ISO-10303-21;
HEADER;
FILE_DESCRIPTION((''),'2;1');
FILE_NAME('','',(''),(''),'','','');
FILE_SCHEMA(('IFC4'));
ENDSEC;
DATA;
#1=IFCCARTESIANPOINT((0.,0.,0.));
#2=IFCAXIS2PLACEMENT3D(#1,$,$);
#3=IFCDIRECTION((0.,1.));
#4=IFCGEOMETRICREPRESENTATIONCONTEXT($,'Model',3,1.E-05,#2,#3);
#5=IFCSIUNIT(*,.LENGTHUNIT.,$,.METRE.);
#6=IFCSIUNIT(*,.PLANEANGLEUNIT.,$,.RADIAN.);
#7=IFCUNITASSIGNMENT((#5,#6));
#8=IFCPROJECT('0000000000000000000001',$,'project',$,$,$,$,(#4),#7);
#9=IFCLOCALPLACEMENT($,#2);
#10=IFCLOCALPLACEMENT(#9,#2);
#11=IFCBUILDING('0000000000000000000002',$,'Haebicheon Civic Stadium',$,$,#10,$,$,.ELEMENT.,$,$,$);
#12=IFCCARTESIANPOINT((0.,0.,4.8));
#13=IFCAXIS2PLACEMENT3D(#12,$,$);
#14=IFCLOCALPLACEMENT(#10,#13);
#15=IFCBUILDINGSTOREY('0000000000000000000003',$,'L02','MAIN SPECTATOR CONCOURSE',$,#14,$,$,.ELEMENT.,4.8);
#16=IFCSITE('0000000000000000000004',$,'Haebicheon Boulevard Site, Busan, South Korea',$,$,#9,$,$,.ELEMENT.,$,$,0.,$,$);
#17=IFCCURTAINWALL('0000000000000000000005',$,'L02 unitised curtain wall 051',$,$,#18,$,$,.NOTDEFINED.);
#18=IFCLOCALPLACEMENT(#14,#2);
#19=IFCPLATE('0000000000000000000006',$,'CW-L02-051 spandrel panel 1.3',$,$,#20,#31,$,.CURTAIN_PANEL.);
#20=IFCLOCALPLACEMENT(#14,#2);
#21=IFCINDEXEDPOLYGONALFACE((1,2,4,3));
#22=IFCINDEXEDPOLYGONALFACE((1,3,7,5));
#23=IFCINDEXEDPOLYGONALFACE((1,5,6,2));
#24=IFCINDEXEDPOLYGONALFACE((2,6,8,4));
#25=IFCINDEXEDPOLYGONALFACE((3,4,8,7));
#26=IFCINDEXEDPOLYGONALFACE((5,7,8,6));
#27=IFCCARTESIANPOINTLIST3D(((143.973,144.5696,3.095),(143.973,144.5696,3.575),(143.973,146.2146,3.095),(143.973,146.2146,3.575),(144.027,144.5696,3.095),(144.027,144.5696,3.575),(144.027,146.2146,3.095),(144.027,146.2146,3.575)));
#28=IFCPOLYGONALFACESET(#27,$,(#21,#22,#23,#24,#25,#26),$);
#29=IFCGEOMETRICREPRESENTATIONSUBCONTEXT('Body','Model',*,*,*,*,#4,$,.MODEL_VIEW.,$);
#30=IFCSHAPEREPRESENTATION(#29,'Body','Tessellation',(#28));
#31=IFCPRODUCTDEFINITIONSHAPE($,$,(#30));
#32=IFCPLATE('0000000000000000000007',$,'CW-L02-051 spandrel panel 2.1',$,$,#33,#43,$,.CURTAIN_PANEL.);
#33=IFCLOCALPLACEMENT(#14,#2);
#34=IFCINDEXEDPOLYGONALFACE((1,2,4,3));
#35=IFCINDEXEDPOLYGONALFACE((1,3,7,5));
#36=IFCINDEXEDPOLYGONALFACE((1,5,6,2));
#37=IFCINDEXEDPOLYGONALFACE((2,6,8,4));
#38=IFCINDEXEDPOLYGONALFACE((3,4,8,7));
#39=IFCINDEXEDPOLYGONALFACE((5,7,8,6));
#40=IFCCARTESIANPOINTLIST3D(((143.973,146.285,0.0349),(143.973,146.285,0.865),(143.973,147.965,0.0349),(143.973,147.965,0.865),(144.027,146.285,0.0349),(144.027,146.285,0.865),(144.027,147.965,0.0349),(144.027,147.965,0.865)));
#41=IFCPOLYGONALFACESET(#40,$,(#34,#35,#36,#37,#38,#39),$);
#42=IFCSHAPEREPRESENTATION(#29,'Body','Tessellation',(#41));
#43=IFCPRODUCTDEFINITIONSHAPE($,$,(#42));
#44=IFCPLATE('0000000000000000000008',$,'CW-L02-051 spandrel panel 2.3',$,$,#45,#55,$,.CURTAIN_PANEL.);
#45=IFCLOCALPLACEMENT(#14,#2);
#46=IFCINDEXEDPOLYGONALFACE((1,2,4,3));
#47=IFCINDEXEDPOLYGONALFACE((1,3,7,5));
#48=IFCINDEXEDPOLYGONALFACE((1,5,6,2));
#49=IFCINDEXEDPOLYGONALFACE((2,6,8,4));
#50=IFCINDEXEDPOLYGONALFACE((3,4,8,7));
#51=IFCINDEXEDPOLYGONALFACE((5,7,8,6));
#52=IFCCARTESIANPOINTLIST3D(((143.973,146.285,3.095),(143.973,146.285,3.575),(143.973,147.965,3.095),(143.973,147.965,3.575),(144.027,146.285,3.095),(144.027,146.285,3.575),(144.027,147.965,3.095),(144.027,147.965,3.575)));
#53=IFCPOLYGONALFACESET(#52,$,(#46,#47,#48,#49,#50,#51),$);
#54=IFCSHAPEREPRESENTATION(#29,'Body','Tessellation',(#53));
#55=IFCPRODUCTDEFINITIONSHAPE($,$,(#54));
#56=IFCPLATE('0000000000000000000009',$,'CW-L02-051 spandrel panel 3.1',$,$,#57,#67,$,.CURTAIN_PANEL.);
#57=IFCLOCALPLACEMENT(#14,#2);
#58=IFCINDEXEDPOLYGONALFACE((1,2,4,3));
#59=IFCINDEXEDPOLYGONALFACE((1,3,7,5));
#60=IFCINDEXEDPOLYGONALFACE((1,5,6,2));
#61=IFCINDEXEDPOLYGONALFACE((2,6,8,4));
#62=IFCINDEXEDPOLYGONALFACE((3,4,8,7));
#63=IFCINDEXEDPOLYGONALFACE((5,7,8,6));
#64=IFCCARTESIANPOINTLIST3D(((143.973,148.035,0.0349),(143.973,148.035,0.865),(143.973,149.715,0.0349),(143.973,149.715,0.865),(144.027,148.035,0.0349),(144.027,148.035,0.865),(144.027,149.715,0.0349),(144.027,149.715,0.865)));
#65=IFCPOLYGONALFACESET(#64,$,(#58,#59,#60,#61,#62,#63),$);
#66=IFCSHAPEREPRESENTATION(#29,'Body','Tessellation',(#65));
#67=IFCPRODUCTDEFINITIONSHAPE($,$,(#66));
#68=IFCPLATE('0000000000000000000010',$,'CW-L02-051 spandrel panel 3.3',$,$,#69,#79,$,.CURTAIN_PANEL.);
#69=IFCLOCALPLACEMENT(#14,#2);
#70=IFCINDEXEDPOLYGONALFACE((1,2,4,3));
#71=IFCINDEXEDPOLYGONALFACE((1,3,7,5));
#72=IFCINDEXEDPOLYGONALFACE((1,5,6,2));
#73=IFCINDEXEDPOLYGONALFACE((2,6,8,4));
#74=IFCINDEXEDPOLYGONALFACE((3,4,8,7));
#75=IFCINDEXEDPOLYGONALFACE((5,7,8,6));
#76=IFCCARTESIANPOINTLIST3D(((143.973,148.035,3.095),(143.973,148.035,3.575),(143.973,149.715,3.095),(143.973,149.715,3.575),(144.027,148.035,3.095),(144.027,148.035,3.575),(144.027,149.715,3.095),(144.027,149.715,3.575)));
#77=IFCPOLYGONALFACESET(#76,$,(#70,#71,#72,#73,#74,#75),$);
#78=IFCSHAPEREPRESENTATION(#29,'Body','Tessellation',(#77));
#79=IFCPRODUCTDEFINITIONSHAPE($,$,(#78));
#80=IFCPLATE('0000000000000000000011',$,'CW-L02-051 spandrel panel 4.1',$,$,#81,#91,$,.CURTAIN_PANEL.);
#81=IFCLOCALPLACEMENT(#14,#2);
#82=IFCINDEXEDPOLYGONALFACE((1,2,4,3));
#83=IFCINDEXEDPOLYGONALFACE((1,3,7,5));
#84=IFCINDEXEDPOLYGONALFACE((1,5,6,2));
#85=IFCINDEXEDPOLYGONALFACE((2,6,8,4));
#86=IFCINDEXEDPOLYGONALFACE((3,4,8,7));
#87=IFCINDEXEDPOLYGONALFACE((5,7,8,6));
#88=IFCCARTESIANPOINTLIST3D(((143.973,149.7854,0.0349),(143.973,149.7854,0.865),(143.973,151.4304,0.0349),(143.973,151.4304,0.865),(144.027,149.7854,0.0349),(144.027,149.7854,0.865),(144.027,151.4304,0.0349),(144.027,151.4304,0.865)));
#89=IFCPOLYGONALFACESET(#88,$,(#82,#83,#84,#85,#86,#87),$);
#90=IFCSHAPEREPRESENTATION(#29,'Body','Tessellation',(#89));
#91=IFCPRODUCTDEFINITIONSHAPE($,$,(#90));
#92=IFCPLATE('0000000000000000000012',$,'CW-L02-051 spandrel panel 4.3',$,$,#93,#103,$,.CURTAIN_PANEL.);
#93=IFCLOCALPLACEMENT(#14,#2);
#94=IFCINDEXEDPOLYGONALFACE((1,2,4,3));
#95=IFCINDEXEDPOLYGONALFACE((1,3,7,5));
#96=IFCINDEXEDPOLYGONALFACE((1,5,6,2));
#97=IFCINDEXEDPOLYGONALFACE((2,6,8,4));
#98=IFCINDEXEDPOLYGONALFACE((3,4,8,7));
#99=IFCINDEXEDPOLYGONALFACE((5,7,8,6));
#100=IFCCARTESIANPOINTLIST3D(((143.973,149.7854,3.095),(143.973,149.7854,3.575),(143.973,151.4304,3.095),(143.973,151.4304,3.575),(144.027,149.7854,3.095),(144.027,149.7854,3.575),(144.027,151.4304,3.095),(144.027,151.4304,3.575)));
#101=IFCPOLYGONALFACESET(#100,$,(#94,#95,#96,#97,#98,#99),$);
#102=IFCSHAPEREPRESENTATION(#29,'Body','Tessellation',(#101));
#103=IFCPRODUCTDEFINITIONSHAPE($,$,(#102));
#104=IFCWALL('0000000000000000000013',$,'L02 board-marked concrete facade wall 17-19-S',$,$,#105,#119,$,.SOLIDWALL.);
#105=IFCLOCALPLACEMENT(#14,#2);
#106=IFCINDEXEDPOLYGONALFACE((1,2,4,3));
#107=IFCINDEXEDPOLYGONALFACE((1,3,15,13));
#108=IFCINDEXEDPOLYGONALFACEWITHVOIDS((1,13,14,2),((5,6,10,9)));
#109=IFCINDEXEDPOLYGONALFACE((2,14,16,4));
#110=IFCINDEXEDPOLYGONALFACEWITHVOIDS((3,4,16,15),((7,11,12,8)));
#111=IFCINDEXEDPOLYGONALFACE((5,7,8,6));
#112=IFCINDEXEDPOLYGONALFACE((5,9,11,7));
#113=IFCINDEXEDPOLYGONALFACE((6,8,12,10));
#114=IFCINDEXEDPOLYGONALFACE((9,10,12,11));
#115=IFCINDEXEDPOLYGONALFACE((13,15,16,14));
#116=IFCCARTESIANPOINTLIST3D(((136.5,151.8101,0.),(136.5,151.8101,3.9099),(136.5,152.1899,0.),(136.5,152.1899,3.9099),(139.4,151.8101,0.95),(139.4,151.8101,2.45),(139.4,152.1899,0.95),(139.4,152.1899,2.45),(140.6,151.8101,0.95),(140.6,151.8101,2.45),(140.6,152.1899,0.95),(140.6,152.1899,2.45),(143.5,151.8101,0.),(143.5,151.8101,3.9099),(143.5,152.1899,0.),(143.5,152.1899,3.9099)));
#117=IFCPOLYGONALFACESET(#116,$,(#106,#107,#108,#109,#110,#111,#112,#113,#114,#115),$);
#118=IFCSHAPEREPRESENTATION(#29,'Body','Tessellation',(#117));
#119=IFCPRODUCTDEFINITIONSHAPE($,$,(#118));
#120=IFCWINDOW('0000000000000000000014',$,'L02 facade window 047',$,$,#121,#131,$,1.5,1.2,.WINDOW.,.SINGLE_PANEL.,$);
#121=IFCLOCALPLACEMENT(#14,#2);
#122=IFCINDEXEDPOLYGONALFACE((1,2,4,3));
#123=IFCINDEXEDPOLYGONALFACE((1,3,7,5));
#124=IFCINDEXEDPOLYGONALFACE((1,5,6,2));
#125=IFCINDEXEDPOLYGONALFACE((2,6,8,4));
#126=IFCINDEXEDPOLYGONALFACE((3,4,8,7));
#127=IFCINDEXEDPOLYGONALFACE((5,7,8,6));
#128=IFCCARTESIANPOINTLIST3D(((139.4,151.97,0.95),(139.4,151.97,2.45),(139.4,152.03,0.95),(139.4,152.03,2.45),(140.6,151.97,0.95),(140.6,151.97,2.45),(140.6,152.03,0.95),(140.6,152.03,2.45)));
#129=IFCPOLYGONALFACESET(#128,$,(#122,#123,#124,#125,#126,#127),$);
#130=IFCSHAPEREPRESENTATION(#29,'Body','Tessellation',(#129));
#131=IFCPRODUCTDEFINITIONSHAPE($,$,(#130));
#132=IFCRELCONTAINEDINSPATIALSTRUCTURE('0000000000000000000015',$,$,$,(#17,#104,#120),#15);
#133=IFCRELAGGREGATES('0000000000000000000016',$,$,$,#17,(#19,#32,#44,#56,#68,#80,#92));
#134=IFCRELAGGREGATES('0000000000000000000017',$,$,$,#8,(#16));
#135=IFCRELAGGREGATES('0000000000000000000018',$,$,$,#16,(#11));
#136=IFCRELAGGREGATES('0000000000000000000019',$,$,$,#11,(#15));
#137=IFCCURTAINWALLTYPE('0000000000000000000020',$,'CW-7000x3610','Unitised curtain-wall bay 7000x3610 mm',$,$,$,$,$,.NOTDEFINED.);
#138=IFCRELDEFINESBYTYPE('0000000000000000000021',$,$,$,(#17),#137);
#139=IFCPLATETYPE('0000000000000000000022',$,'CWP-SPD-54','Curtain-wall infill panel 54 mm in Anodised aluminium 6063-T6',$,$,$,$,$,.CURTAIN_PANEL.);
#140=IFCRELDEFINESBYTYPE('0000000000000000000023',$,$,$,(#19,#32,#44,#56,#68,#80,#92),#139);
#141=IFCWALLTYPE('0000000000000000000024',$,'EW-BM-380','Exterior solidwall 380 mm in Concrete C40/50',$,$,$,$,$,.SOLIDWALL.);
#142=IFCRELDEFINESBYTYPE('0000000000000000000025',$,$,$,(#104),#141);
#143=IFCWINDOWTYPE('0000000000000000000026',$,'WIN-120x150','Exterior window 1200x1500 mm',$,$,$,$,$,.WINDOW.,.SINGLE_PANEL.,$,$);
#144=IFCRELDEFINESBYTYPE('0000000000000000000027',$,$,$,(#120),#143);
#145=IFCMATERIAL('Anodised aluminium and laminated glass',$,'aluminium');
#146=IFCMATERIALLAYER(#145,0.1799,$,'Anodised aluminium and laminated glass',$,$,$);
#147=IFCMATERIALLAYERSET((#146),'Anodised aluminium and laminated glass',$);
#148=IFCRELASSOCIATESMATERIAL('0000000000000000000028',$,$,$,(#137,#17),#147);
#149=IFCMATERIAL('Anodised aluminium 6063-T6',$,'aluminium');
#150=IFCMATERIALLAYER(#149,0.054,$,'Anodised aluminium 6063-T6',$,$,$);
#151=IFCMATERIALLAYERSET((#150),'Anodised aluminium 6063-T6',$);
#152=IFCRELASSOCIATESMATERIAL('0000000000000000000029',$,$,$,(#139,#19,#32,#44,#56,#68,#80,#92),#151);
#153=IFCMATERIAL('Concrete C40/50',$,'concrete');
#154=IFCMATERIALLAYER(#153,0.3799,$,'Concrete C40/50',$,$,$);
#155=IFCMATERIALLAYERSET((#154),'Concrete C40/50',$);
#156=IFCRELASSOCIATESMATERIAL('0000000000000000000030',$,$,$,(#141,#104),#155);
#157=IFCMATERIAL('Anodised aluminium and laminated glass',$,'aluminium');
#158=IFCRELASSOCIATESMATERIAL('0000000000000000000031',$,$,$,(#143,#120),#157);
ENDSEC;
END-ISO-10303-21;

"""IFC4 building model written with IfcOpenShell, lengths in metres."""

from ifc_helpers import new_model, si_unit, direction, frame, frame_2d, origin, origin_2d, place, context, subcontext, project, spatial, rectangle, extrude, material, layer, layer_set, type_object, element, fill, aggregate, save


model = new_model("IFC4")

# Units and contexts
model_context = context("Model", 3, precision=1e-05, world=origin(), true_north=direction((0.0, 1.0)))
body_context = subcontext(model_context, "Body", "Model", "MODEL_VIEW")
ifc_project = project(units=[si_unit("LENGTHUNIT", "METRE"), si_unit("PLANEANGLEUNIT", "RADIAN")], contexts=[model_context])

# Site, building, storey
site_placement = place(None, origin())
site = spatial("IfcSite", under=ifc_project, at=site_placement, Name="Haebicheon Boulevard Site, Busan, South Korea", CompositionType="ELEMENT", RefElevation=0.0)
building_placement = place(site_placement, origin())
building = spatial("IfcBuilding", under=site, at=building_placement, Name="Haebicheon Civic Stadium", CompositionType="ELEMENT")
storey_placement = place(building_placement, frame((0.0, 0.0, 4.8)))
storey = spatial("IfcBuildingStorey", under=building, at=storey_placement, Name="L02", Description="MAIN SPECTATOR CONCOURSE", CompositionType="ELEMENT", Elevation=4.8)

# Curtain wall
ifc_material_1 = material(Name="Anodised aluminium and laminated glass", Category="aluminium")
ifc_layer_1 = layer(ifc_material_1, 0.1799, Name="Anodised aluminium and laminated glass")
ifc_layer_set_1 = layer_set([ifc_layer_1], Name="Anodised aluminium and laminated glass")
curtain_wall_type = type_object("IfcCurtainWallType", Name="CW-7000x3610", Description="Unitised curtain-wall bay 7000x3610 mm", PredefinedType="NOTDEFINED", material=ifc_layer_set_1)
curtain_wall_placement = place(storey_placement, origin())
curtain_wall = element("IfcCurtainWall", 1, at=curtain_wall_placement, inside=storey, type_object=curtain_wall_type, material=ifc_layer_set_1, Name="L02 unitised curtain wall 051", PredefinedType="NOTDEFINED")

# Plates
ifc_material_2 = material(Name="Anodised aluminium 6063-T6", Category="aluminium")
ifc_layer_2 = layer(ifc_material_2, 0.054, Name="Anodised aluminium 6063-T6")
ifc_layer_set_2 = layer_set([ifc_layer_2], Name="Anodised aluminium 6063-T6")
plate_type_1 = type_object("IfcPlateType", Name="CWP-SPD-54", Description="Curtain-wall infill panel 54 mm in Anodised aluminium 6063-T6", PredefinedType="CURTAIN_PANEL", material=ifc_layer_set_2)
plate_1_placement = place(storey_placement, frame((144.0, 145.3921, 3.095), z_axis=(0.0, 0.0, 1.0), x_axis=(0.0, 1.0, 0.0)))
plate_1 = element("IfcPlate", 2, at=plate_1_placement, type_object=plate_type_1, material=ifc_layer_set_2, Name="CW-L02-051 spandrel panel 1.3", PredefinedType="CURTAIN_PANEL", context=body_context, shape_type="SweptSolid", body=[
    extrude(rectangle(XDim=1.645, YDim=0.054, at=origin_2d()), origin(), (0.0, 0.0, 1.0), 0.48),
])
plate_2_placement = place(storey_placement, frame((144.0, 147.125, 0.0349), z_axis=(0.0, 0.0, 1.0), x_axis=(0.0, 1.0, 0.0)))
plate_2 = element("IfcPlate", 3, at=plate_2_placement, type_object=plate_type_1, material=ifc_layer_set_2, Name="CW-L02-051 spandrel panel 2.1", PredefinedType="CURTAIN_PANEL", context=body_context, shape_type="SweptSolid", body=[
    extrude(rectangle(XDim=1.6799, YDim=0.054, at=origin_2d()), origin(), (0.0, 0.0, 1.0), 0.8301),
])
plate_3_placement = place(storey_placement, frame((144.0, 147.125, 3.095), z_axis=(0.0, 0.0, 1.0), x_axis=(0.0, 1.0, 0.0)))
plate_3 = element("IfcPlate", 4, at=plate_3_placement, type_object=plate_type_1, material=ifc_layer_set_2, Name="CW-L02-051 spandrel panel 2.3", PredefinedType="CURTAIN_PANEL", context=body_context, shape_type="SweptSolid", body=[
    extrude(rectangle(XDim=1.6799, YDim=0.054, at=origin_2d()), origin(), (0.0, 0.0, 1.0), 0.48),
])
plate_4_placement = place(storey_placement, frame((144.0, 148.875, 0.0349), z_axis=(0.0, 0.0, 1.0), x_axis=(0.0, 1.0, 0.0)))
plate_4 = element("IfcPlate", 5, at=plate_4_placement, type_object=plate_type_1, material=ifc_layer_set_2, Name="CW-L02-051 spandrel panel 3.1", PredefinedType="CURTAIN_PANEL", context=body_context, shape_type="SweptSolid", body=[
    extrude(rectangle(XDim=1.6799, YDim=0.054, at=origin_2d()), origin(), (0.0, 0.0, 1.0), 0.8301),
])
plate_5_placement = place(storey_placement, frame((144.0, 148.875, 3.095), z_axis=(0.0, 0.0, 1.0), x_axis=(0.0, 1.0, 0.0)))
plate_5 = element("IfcPlate", 6, at=plate_5_placement, type_object=plate_type_1, material=ifc_layer_set_2, Name="CW-L02-051 spandrel panel 3.3", PredefinedType="CURTAIN_PANEL", context=body_context, shape_type="SweptSolid", body=[
    extrude(rectangle(XDim=1.6799, YDim=0.054, at=origin_2d()), origin(), (0.0, 0.0, 1.0), 0.48),
])
plate_6_placement = place(storey_placement, frame((144.0, 150.6079, 0.0349), z_axis=(0.0, 0.0, 1.0), x_axis=(0.0, 1.0, 0.0)))
plate_6 = element("IfcPlate", 7, at=plate_6_placement, type_object=plate_type_1, material=ifc_layer_set_2, Name="CW-L02-051 spandrel panel 4.1", PredefinedType="CURTAIN_PANEL", context=body_context, shape_type="SweptSolid", body=[
    extrude(rectangle(XDim=1.645, YDim=0.054, at=origin_2d()), origin(), (0.0, 0.0, 1.0), 0.8301),
])
plate_7_placement = place(storey_placement, frame((144.0, 150.6079, 3.095), z_axis=(0.0, 0.0, 1.0), x_axis=(0.0, 1.0, 0.0)))
plate_7 = element("IfcPlate", 8, at=plate_7_placement, type_object=plate_type_1, material=ifc_layer_set_2, Name="CW-L02-051 spandrel panel 4.3", PredefinedType="CURTAIN_PANEL", context=body_context, shape_type="SweptSolid", body=[
    extrude(rectangle(XDim=1.645, YDim=0.054, at=origin_2d()), origin(), (0.0, 0.0, 1.0), 0.48),
])
aggregate(curtain_wall, [plate_1, plate_2, plate_3, plate_4, plate_5, plate_6, plate_7])

# Wall, opening, window
ifc_material_3 = material(Name="Concrete C40/50", Category="concrete")
ifc_layer_3 = layer(ifc_material_3, 0.3799, Name="Concrete C40/50")
ifc_layer_set_3 = layer_set([ifc_layer_3], Name="Concrete C40/50")
wall_type = type_object("IfcWallType", Name="EW-BM-380", Description="Exterior solidwall 380 mm in Concrete C40/50", PredefinedType="SOLIDWALL", material=ifc_layer_set_3)
wall_placement = place(storey_placement, frame((136.5, 152.0, 0.0), z_axis=(0.0, 0.0, 1.0), x_axis=(1.0, 0.0, 0.0)))
wall = element("IfcWall", 9, at=wall_placement, inside=storey, type_object=wall_type, material=ifc_layer_set_3, Name="L02 board-marked concrete facade wall 17-19-S", PredefinedType="SOLIDWALL", context=body_context, shape_type="SweptSolid", body=[
    extrude(rectangle(XDim=7.0, YDim=0.3799, at=frame_2d((3.5, 0.0))), origin(), (0.0, 0.0, 1.0), 3.9099),
])
opening_placement = place(wall_placement, frame((2.8999, 0.0, 0.95)))
opening = element("IfcOpeningElement", 10, at=opening_placement, cuts=wall, PredefinedType="OPENING", context=body_context, shape_type="SweptSolid", body=[
    extrude(rectangle(XDim=1.2, YDim=1.5, at=frame_2d((0.6001, 0.75))), frame((0.0, 0.2, 0.0), z_axis=(0.0, -1.0, 0.0), x_axis=(1.0, 0.0, 0.0)), (0.0, 0.0, 1.0), 0.3999),
])
ifc_material_4 = material(Name="Anodised aluminium and laminated glass", Category="aluminium")
window_type = type_object("IfcWindowType", Name="WIN-120x150", Description="Exterior window 1200x1500 mm", PartitioningType="SINGLE_PANEL", PredefinedType="WINDOW", material=ifc_material_4)
window_placement = place(opening_placement, origin())
window = element("IfcWindow", 11, at=window_placement, inside=storey, type_object=window_type, material=ifc_material_4, Name="L02 facade window 047", OverallHeight=1.5, OverallWidth=1.2, PartitioningType="SINGLE_PANEL", PredefinedType="WINDOW", context=body_context, shape_type="SweptSolid", body=[
    extrude(rectangle(XDim=1.2, YDim=1.5, at=frame_2d((0.6001, 0.75))), frame((0.0, 0.03, 0.0), z_axis=(0.0, -1.0, 0.0), x_axis=(1.0, 0.0, 0.0)), (0.0, 0.0, 1.0), 0.0601),
])
fill(opening, window)

save(model, "model.ifc")
